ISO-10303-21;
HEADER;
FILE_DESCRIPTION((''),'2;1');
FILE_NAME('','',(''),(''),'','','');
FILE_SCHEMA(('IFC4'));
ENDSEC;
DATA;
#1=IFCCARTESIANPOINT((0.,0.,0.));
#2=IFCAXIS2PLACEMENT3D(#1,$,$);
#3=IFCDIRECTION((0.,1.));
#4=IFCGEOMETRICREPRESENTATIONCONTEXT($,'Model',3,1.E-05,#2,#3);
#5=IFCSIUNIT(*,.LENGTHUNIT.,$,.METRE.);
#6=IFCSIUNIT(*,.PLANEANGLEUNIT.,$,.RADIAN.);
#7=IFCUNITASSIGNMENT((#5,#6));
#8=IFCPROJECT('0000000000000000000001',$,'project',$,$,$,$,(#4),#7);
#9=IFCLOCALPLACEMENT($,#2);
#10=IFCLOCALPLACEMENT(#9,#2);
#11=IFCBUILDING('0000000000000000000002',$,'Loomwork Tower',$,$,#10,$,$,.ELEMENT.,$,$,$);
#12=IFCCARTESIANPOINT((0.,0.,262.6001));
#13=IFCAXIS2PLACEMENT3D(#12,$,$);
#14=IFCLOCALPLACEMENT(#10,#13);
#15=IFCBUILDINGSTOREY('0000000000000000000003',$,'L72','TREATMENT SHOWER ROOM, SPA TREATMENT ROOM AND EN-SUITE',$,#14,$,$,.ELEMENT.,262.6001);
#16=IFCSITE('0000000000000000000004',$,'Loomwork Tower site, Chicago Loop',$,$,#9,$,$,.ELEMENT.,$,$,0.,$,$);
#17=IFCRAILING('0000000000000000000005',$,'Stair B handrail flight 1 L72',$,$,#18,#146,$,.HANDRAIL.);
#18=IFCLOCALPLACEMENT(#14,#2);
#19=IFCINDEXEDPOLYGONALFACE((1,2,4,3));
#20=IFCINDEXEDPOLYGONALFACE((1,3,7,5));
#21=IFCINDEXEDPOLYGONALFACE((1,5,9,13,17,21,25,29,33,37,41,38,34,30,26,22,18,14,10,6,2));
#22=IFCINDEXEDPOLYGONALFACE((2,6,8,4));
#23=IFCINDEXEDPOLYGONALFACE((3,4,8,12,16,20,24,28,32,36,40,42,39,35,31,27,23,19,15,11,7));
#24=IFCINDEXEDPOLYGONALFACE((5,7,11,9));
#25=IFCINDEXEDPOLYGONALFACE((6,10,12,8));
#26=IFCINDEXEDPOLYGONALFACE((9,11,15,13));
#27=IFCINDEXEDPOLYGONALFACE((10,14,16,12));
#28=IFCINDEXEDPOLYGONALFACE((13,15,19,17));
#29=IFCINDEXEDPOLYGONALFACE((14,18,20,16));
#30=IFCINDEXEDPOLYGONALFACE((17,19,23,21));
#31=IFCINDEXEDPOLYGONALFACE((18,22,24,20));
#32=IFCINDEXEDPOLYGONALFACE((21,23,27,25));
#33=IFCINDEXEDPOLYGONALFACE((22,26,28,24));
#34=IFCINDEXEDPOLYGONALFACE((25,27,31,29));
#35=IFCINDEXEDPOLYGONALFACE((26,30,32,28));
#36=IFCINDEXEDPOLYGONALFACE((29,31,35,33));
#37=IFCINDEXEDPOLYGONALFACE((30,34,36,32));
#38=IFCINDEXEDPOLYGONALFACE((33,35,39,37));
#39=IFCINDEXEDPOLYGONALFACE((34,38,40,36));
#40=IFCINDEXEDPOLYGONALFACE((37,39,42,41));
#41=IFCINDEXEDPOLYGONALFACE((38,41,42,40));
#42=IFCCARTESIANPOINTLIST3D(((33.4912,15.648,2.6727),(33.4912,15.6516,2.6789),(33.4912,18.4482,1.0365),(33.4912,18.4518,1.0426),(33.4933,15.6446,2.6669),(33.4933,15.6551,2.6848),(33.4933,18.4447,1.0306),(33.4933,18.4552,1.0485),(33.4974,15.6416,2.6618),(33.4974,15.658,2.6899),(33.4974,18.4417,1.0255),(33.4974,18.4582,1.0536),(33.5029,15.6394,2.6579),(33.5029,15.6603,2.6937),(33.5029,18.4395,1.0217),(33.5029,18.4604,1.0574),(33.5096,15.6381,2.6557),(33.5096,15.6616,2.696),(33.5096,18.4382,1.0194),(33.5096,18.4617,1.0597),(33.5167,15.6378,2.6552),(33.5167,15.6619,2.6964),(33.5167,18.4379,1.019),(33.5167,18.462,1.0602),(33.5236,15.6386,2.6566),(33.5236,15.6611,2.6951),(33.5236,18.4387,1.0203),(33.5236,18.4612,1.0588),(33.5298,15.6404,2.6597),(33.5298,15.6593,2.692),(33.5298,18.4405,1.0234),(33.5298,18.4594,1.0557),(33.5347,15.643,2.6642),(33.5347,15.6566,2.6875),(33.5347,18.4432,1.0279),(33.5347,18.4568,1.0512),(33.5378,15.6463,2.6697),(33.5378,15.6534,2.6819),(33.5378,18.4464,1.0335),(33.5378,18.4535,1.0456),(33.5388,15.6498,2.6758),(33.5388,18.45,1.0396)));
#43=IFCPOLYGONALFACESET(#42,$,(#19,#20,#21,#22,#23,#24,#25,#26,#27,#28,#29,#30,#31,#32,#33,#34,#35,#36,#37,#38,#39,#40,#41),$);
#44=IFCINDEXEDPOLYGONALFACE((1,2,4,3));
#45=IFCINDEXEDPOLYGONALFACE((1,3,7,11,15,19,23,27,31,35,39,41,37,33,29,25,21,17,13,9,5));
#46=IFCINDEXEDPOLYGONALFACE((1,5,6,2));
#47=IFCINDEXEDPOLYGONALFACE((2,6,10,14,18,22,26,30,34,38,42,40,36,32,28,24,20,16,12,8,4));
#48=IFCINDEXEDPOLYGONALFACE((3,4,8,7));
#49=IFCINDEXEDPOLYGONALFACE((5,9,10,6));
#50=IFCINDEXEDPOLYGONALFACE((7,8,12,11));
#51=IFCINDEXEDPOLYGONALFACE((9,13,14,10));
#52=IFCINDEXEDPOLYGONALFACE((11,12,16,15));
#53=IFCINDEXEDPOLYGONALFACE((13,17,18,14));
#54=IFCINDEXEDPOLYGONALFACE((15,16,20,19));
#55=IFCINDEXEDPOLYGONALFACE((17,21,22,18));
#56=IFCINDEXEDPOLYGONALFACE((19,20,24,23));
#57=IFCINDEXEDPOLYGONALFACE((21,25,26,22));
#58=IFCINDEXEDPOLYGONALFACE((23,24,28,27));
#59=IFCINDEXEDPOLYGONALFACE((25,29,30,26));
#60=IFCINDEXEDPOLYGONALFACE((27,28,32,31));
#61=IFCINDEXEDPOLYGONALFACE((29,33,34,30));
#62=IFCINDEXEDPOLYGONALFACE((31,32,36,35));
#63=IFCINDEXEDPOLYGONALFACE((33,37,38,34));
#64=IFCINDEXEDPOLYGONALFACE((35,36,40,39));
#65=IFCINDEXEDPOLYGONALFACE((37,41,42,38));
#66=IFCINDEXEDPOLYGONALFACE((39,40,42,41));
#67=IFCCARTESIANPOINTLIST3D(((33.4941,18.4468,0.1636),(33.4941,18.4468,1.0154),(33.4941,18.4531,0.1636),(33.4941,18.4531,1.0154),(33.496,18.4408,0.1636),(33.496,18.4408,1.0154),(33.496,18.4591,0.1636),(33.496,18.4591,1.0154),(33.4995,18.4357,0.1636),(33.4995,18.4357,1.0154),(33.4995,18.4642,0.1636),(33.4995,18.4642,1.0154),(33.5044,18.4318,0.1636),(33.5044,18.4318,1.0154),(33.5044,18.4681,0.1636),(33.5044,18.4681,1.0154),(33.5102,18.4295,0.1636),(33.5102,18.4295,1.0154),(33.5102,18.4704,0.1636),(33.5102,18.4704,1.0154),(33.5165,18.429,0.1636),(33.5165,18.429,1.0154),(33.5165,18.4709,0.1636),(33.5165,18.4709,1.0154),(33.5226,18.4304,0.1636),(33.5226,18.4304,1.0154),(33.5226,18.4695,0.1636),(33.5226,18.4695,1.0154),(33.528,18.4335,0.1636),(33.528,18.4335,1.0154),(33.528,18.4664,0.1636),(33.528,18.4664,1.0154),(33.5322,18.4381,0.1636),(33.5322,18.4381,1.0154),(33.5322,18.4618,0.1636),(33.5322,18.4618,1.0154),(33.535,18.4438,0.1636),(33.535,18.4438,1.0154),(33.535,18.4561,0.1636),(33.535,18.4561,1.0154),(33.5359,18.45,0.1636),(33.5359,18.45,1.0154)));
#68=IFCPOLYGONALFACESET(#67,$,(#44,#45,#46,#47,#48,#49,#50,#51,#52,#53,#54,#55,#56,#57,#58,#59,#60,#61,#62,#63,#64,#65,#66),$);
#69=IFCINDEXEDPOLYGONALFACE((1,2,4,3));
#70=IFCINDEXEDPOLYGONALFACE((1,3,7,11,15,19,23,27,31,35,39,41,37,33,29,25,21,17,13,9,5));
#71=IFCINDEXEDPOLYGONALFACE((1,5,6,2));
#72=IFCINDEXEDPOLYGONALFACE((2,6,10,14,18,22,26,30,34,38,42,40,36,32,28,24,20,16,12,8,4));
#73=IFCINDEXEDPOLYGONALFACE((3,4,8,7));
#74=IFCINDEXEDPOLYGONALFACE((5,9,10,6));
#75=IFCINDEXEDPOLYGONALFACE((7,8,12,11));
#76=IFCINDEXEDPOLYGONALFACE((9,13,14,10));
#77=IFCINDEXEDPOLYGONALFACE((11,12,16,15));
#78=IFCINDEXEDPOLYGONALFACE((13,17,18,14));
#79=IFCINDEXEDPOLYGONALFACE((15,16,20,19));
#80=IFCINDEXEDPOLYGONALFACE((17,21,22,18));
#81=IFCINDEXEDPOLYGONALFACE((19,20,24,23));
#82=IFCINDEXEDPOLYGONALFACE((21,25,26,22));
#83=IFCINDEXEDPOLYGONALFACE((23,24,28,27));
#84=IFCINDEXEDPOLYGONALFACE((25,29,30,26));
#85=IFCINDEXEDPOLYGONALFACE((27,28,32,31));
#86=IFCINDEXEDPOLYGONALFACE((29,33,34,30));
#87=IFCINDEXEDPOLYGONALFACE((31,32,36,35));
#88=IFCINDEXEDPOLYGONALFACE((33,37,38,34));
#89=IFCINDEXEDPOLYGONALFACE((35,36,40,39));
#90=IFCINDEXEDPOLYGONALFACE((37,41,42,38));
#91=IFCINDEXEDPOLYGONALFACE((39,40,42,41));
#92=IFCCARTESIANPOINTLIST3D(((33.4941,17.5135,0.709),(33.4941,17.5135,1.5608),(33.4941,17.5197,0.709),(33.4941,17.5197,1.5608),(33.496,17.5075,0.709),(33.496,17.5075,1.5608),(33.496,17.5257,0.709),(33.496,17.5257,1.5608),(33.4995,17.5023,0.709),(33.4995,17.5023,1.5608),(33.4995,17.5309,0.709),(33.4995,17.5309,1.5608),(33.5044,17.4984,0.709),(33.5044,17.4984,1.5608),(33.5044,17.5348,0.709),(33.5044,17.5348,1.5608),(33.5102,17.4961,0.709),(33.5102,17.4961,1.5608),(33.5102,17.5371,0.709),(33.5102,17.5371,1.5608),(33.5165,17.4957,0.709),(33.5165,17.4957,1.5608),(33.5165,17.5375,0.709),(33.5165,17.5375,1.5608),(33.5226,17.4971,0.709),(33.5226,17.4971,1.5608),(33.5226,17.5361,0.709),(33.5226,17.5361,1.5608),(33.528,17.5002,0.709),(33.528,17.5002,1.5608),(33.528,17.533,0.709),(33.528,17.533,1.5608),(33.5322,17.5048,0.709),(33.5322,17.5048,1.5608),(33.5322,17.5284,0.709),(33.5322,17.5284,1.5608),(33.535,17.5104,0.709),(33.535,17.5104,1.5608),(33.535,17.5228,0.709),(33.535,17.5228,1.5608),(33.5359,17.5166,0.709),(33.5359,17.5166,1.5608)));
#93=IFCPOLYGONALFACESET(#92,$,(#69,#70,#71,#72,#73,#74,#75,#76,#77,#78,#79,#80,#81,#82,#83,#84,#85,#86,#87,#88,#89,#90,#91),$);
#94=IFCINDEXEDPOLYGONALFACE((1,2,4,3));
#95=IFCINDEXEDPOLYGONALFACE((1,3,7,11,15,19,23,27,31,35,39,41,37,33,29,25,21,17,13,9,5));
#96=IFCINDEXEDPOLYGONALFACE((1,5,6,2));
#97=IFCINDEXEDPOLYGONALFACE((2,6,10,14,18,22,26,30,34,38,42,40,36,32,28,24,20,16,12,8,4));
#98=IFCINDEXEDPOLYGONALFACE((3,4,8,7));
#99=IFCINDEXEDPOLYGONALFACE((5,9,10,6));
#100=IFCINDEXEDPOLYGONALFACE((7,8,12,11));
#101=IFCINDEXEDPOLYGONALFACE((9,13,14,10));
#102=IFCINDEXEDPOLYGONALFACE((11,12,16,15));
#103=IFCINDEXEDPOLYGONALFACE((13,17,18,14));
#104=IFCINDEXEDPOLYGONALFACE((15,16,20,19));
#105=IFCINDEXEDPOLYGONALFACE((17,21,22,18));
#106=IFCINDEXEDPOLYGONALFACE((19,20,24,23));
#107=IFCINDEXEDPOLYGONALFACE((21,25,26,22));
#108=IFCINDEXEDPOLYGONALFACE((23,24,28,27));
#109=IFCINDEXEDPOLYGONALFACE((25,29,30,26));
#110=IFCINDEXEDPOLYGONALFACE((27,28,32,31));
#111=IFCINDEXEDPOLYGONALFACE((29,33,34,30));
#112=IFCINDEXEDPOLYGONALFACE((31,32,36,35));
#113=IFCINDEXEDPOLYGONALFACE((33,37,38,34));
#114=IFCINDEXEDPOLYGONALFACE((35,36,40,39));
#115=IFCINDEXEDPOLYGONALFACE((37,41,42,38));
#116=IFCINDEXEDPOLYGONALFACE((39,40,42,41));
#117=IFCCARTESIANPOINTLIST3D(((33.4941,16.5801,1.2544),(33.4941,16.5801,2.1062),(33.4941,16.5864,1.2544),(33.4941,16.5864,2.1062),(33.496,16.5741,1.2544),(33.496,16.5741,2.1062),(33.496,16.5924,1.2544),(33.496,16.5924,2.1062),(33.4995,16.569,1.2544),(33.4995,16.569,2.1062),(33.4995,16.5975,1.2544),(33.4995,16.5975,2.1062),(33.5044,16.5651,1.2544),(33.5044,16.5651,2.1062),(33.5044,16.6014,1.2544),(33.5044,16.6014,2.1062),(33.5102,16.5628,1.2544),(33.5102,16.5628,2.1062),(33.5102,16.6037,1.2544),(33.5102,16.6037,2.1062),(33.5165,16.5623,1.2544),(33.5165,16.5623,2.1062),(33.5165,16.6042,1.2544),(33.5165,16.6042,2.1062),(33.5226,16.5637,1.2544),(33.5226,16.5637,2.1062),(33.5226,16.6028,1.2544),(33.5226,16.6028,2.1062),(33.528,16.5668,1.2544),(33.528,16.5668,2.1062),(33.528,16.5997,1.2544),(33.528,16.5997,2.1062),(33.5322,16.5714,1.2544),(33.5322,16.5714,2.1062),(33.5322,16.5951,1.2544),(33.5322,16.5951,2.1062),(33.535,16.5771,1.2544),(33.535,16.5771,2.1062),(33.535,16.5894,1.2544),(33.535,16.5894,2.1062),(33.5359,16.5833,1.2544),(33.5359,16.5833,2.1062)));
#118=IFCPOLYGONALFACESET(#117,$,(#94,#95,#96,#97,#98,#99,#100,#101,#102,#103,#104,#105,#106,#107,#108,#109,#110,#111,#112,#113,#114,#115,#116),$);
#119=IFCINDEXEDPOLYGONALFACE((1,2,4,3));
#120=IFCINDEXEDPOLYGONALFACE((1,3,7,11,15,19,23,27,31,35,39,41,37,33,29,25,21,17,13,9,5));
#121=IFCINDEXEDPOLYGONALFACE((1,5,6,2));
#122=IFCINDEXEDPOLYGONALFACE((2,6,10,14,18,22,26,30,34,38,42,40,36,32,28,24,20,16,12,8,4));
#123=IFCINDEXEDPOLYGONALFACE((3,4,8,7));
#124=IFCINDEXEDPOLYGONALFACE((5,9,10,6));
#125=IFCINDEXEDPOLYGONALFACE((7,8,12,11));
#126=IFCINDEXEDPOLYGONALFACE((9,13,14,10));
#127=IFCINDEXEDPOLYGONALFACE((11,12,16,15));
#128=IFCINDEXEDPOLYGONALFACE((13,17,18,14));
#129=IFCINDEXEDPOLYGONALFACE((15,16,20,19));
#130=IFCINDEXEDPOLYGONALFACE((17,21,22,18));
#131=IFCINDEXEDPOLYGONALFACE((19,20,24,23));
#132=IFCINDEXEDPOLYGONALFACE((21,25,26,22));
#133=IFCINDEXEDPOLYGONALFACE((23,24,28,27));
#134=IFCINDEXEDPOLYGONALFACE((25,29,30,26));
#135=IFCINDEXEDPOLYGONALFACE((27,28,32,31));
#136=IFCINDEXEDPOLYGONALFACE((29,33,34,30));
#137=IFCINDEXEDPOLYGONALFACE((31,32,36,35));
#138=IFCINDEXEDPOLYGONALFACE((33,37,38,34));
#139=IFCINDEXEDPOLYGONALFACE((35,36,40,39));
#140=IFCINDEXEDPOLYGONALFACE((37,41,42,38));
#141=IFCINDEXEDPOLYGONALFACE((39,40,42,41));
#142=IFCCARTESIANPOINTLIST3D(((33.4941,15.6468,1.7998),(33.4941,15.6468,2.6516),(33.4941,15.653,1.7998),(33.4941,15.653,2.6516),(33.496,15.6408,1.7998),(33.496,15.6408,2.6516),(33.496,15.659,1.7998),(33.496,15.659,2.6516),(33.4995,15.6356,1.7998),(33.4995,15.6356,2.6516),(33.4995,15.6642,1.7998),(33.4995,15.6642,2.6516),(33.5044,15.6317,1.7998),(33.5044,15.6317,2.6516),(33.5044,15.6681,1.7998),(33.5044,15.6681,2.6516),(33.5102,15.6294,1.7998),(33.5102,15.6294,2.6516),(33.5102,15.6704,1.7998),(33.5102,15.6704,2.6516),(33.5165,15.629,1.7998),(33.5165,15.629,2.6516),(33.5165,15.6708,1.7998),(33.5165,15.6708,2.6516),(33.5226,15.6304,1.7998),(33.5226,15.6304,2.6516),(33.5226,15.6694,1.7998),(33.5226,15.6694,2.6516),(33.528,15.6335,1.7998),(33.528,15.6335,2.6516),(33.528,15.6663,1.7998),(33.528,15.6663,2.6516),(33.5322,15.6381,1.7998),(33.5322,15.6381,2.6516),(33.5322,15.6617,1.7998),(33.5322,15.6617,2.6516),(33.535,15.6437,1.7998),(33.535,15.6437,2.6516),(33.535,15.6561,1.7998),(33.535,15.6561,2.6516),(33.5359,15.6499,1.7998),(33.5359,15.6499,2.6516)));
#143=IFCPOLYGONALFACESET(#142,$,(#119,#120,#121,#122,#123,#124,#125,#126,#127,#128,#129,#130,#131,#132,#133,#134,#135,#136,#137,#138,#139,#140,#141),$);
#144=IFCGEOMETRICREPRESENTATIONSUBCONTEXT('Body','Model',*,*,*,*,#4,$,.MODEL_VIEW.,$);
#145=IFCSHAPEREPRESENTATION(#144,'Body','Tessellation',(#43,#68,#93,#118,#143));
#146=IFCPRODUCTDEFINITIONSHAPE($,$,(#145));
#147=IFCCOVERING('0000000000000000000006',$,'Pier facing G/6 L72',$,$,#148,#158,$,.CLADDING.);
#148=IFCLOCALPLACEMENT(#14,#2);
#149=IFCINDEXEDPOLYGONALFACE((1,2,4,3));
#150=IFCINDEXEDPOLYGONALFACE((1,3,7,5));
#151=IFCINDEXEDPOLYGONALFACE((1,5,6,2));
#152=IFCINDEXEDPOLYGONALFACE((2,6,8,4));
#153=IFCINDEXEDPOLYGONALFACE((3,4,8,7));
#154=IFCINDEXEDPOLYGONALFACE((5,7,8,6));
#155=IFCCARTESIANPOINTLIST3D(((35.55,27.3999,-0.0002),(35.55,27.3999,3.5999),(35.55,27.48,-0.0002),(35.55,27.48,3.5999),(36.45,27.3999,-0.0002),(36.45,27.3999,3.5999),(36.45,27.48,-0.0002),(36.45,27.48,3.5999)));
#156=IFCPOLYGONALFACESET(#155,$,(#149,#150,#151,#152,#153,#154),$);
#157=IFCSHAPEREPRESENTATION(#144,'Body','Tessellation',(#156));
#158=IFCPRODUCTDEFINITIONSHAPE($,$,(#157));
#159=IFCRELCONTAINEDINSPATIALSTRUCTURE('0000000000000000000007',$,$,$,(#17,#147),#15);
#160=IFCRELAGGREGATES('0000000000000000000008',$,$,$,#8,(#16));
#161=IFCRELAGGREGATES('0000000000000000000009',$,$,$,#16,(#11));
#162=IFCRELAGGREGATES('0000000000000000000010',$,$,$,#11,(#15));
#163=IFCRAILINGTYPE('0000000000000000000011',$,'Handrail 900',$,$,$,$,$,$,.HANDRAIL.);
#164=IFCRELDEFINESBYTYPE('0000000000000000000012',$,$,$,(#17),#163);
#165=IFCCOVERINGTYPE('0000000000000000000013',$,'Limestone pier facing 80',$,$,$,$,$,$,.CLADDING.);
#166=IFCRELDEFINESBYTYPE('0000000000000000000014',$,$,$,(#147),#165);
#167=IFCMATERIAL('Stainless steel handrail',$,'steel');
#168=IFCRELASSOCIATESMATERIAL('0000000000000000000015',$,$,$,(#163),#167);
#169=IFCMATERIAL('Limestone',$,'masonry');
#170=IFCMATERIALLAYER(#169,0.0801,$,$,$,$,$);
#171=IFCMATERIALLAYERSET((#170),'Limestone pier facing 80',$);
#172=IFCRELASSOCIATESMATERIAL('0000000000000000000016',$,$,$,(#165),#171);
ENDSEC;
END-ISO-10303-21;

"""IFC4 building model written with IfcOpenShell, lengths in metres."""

from ifc_helpers import new_model, si_unit, direction, frame, origin, origin_2d, place, context, subcontext, project, spatial, rectangle, circle, extrude, material, layer, layer_set, type_object, element, save


model = new_model("IFC4")

# Units and contexts
model_context = context("Model", 3, precision=1e-05, world=origin(), true_north=direction((0.0, 1.0)))
body_context = subcontext(model_context, "Body", "Model", "MODEL_VIEW")
ifc_project = project(units=[si_unit("LENGTHUNIT", "METRE"), si_unit("PLANEANGLEUNIT", "RADIAN")], contexts=[model_context])

# Site, building, storey
site_placement = place(None, origin())
site = spatial("IfcSite", under=ifc_project, at=site_placement, Name="Loomwork Tower site, Chicago Loop", CompositionType="ELEMENT", RefElevation=0.0)
building_placement = place(site_placement, origin())
building = spatial("IfcBuilding", under=site, at=building_placement, Name="Loomwork Tower", CompositionType="ELEMENT")
storey_placement = place(building_placement, frame((0.0, 0.0, 262.6001)))
storey = spatial("IfcBuildingStorey", under=building, at=storey_placement, Name="L72", Description="TREATMENT SHOWER ROOM, SPA TREATMENT ROOM AND EN-SUITE", CompositionType="ELEMENT", Elevation=262.6001)

# Railing
ifc_material_1 = material(Name="Stainless steel handrail", Category="steel")
railing_type = type_object("IfcRailingType", Name="Handrail 900", PredefinedType="HANDRAIL", material=ifc_material_1)
railing_placement = place(storey_placement, frame((33.5149, 18.45, 0.1636)))
element("IfcRailing", 1, at=railing_placement, inside=storey, type_object=railing_type, Name="Stair B handrail flight 1 L72", PredefinedType="HANDRAIL", context=body_context, shape_type="SweptSolid", body=[
    extrude(circle(Radius=0.0239, at=origin_2d()), frame((0.0, 0.0, 0.876), z_axis=(0.0, -0.863394, 0.504531), x_axis=(1.0, 0.0, 0.0)), (0.0, 0.0, 1.0), 3.2432),
    extrude(circle(Radius=0.021, at=origin_2d()), origin(), (0.0, 0.0, 1.0), 0.8518),
    extrude(circle(Radius=0.021, at=origin_2d()), frame((0.0, -0.9333, 0.5454)), (0.0, 0.0, 1.0), 0.8518),
    extrude(circle(Radius=0.021, at=origin_2d()), frame((0.0, -1.8667, 1.0908)), (0.0, 0.0, 1.0), 0.8518),
    extrude(circle(Radius=0.021, at=origin_2d()), frame((0.0, -2.8, 1.6362)), (0.0, 0.0, 1.0), 0.8518),
])

# Covering
ifc_material_2 = material(Name="Limestone", Category="masonry")
ifc_layer_1 = layer(ifc_material_2, 0.0801)
ifc_layer_set_1 = layer_set([ifc_layer_1], Name="Limestone pier facing 80")
covering_type = type_object("IfcCoveringType", Name="Limestone pier facing 80", PredefinedType="CLADDING", material=ifc_layer_set_1)
covering_placement = place(storey_placement, frame((36.0, 27.4399, -0.0002), z_axis=(0.0, 0.0, 1.0), x_axis=(1.0, 0.0, 0.0)))
element("IfcCovering", 2, at=covering_placement, inside=storey, type_object=covering_type, Name="Pier facing G/6 L72", PredefinedType="CLADDING", context=body_context, shape_type="SweptSolid", body=[
    extrude(rectangle(XDim=0.8999, YDim=0.0801, at=origin_2d()), origin(), (0.0, 0.0, 1.0), 3.6001),
])

save(model, "model.ifc")
